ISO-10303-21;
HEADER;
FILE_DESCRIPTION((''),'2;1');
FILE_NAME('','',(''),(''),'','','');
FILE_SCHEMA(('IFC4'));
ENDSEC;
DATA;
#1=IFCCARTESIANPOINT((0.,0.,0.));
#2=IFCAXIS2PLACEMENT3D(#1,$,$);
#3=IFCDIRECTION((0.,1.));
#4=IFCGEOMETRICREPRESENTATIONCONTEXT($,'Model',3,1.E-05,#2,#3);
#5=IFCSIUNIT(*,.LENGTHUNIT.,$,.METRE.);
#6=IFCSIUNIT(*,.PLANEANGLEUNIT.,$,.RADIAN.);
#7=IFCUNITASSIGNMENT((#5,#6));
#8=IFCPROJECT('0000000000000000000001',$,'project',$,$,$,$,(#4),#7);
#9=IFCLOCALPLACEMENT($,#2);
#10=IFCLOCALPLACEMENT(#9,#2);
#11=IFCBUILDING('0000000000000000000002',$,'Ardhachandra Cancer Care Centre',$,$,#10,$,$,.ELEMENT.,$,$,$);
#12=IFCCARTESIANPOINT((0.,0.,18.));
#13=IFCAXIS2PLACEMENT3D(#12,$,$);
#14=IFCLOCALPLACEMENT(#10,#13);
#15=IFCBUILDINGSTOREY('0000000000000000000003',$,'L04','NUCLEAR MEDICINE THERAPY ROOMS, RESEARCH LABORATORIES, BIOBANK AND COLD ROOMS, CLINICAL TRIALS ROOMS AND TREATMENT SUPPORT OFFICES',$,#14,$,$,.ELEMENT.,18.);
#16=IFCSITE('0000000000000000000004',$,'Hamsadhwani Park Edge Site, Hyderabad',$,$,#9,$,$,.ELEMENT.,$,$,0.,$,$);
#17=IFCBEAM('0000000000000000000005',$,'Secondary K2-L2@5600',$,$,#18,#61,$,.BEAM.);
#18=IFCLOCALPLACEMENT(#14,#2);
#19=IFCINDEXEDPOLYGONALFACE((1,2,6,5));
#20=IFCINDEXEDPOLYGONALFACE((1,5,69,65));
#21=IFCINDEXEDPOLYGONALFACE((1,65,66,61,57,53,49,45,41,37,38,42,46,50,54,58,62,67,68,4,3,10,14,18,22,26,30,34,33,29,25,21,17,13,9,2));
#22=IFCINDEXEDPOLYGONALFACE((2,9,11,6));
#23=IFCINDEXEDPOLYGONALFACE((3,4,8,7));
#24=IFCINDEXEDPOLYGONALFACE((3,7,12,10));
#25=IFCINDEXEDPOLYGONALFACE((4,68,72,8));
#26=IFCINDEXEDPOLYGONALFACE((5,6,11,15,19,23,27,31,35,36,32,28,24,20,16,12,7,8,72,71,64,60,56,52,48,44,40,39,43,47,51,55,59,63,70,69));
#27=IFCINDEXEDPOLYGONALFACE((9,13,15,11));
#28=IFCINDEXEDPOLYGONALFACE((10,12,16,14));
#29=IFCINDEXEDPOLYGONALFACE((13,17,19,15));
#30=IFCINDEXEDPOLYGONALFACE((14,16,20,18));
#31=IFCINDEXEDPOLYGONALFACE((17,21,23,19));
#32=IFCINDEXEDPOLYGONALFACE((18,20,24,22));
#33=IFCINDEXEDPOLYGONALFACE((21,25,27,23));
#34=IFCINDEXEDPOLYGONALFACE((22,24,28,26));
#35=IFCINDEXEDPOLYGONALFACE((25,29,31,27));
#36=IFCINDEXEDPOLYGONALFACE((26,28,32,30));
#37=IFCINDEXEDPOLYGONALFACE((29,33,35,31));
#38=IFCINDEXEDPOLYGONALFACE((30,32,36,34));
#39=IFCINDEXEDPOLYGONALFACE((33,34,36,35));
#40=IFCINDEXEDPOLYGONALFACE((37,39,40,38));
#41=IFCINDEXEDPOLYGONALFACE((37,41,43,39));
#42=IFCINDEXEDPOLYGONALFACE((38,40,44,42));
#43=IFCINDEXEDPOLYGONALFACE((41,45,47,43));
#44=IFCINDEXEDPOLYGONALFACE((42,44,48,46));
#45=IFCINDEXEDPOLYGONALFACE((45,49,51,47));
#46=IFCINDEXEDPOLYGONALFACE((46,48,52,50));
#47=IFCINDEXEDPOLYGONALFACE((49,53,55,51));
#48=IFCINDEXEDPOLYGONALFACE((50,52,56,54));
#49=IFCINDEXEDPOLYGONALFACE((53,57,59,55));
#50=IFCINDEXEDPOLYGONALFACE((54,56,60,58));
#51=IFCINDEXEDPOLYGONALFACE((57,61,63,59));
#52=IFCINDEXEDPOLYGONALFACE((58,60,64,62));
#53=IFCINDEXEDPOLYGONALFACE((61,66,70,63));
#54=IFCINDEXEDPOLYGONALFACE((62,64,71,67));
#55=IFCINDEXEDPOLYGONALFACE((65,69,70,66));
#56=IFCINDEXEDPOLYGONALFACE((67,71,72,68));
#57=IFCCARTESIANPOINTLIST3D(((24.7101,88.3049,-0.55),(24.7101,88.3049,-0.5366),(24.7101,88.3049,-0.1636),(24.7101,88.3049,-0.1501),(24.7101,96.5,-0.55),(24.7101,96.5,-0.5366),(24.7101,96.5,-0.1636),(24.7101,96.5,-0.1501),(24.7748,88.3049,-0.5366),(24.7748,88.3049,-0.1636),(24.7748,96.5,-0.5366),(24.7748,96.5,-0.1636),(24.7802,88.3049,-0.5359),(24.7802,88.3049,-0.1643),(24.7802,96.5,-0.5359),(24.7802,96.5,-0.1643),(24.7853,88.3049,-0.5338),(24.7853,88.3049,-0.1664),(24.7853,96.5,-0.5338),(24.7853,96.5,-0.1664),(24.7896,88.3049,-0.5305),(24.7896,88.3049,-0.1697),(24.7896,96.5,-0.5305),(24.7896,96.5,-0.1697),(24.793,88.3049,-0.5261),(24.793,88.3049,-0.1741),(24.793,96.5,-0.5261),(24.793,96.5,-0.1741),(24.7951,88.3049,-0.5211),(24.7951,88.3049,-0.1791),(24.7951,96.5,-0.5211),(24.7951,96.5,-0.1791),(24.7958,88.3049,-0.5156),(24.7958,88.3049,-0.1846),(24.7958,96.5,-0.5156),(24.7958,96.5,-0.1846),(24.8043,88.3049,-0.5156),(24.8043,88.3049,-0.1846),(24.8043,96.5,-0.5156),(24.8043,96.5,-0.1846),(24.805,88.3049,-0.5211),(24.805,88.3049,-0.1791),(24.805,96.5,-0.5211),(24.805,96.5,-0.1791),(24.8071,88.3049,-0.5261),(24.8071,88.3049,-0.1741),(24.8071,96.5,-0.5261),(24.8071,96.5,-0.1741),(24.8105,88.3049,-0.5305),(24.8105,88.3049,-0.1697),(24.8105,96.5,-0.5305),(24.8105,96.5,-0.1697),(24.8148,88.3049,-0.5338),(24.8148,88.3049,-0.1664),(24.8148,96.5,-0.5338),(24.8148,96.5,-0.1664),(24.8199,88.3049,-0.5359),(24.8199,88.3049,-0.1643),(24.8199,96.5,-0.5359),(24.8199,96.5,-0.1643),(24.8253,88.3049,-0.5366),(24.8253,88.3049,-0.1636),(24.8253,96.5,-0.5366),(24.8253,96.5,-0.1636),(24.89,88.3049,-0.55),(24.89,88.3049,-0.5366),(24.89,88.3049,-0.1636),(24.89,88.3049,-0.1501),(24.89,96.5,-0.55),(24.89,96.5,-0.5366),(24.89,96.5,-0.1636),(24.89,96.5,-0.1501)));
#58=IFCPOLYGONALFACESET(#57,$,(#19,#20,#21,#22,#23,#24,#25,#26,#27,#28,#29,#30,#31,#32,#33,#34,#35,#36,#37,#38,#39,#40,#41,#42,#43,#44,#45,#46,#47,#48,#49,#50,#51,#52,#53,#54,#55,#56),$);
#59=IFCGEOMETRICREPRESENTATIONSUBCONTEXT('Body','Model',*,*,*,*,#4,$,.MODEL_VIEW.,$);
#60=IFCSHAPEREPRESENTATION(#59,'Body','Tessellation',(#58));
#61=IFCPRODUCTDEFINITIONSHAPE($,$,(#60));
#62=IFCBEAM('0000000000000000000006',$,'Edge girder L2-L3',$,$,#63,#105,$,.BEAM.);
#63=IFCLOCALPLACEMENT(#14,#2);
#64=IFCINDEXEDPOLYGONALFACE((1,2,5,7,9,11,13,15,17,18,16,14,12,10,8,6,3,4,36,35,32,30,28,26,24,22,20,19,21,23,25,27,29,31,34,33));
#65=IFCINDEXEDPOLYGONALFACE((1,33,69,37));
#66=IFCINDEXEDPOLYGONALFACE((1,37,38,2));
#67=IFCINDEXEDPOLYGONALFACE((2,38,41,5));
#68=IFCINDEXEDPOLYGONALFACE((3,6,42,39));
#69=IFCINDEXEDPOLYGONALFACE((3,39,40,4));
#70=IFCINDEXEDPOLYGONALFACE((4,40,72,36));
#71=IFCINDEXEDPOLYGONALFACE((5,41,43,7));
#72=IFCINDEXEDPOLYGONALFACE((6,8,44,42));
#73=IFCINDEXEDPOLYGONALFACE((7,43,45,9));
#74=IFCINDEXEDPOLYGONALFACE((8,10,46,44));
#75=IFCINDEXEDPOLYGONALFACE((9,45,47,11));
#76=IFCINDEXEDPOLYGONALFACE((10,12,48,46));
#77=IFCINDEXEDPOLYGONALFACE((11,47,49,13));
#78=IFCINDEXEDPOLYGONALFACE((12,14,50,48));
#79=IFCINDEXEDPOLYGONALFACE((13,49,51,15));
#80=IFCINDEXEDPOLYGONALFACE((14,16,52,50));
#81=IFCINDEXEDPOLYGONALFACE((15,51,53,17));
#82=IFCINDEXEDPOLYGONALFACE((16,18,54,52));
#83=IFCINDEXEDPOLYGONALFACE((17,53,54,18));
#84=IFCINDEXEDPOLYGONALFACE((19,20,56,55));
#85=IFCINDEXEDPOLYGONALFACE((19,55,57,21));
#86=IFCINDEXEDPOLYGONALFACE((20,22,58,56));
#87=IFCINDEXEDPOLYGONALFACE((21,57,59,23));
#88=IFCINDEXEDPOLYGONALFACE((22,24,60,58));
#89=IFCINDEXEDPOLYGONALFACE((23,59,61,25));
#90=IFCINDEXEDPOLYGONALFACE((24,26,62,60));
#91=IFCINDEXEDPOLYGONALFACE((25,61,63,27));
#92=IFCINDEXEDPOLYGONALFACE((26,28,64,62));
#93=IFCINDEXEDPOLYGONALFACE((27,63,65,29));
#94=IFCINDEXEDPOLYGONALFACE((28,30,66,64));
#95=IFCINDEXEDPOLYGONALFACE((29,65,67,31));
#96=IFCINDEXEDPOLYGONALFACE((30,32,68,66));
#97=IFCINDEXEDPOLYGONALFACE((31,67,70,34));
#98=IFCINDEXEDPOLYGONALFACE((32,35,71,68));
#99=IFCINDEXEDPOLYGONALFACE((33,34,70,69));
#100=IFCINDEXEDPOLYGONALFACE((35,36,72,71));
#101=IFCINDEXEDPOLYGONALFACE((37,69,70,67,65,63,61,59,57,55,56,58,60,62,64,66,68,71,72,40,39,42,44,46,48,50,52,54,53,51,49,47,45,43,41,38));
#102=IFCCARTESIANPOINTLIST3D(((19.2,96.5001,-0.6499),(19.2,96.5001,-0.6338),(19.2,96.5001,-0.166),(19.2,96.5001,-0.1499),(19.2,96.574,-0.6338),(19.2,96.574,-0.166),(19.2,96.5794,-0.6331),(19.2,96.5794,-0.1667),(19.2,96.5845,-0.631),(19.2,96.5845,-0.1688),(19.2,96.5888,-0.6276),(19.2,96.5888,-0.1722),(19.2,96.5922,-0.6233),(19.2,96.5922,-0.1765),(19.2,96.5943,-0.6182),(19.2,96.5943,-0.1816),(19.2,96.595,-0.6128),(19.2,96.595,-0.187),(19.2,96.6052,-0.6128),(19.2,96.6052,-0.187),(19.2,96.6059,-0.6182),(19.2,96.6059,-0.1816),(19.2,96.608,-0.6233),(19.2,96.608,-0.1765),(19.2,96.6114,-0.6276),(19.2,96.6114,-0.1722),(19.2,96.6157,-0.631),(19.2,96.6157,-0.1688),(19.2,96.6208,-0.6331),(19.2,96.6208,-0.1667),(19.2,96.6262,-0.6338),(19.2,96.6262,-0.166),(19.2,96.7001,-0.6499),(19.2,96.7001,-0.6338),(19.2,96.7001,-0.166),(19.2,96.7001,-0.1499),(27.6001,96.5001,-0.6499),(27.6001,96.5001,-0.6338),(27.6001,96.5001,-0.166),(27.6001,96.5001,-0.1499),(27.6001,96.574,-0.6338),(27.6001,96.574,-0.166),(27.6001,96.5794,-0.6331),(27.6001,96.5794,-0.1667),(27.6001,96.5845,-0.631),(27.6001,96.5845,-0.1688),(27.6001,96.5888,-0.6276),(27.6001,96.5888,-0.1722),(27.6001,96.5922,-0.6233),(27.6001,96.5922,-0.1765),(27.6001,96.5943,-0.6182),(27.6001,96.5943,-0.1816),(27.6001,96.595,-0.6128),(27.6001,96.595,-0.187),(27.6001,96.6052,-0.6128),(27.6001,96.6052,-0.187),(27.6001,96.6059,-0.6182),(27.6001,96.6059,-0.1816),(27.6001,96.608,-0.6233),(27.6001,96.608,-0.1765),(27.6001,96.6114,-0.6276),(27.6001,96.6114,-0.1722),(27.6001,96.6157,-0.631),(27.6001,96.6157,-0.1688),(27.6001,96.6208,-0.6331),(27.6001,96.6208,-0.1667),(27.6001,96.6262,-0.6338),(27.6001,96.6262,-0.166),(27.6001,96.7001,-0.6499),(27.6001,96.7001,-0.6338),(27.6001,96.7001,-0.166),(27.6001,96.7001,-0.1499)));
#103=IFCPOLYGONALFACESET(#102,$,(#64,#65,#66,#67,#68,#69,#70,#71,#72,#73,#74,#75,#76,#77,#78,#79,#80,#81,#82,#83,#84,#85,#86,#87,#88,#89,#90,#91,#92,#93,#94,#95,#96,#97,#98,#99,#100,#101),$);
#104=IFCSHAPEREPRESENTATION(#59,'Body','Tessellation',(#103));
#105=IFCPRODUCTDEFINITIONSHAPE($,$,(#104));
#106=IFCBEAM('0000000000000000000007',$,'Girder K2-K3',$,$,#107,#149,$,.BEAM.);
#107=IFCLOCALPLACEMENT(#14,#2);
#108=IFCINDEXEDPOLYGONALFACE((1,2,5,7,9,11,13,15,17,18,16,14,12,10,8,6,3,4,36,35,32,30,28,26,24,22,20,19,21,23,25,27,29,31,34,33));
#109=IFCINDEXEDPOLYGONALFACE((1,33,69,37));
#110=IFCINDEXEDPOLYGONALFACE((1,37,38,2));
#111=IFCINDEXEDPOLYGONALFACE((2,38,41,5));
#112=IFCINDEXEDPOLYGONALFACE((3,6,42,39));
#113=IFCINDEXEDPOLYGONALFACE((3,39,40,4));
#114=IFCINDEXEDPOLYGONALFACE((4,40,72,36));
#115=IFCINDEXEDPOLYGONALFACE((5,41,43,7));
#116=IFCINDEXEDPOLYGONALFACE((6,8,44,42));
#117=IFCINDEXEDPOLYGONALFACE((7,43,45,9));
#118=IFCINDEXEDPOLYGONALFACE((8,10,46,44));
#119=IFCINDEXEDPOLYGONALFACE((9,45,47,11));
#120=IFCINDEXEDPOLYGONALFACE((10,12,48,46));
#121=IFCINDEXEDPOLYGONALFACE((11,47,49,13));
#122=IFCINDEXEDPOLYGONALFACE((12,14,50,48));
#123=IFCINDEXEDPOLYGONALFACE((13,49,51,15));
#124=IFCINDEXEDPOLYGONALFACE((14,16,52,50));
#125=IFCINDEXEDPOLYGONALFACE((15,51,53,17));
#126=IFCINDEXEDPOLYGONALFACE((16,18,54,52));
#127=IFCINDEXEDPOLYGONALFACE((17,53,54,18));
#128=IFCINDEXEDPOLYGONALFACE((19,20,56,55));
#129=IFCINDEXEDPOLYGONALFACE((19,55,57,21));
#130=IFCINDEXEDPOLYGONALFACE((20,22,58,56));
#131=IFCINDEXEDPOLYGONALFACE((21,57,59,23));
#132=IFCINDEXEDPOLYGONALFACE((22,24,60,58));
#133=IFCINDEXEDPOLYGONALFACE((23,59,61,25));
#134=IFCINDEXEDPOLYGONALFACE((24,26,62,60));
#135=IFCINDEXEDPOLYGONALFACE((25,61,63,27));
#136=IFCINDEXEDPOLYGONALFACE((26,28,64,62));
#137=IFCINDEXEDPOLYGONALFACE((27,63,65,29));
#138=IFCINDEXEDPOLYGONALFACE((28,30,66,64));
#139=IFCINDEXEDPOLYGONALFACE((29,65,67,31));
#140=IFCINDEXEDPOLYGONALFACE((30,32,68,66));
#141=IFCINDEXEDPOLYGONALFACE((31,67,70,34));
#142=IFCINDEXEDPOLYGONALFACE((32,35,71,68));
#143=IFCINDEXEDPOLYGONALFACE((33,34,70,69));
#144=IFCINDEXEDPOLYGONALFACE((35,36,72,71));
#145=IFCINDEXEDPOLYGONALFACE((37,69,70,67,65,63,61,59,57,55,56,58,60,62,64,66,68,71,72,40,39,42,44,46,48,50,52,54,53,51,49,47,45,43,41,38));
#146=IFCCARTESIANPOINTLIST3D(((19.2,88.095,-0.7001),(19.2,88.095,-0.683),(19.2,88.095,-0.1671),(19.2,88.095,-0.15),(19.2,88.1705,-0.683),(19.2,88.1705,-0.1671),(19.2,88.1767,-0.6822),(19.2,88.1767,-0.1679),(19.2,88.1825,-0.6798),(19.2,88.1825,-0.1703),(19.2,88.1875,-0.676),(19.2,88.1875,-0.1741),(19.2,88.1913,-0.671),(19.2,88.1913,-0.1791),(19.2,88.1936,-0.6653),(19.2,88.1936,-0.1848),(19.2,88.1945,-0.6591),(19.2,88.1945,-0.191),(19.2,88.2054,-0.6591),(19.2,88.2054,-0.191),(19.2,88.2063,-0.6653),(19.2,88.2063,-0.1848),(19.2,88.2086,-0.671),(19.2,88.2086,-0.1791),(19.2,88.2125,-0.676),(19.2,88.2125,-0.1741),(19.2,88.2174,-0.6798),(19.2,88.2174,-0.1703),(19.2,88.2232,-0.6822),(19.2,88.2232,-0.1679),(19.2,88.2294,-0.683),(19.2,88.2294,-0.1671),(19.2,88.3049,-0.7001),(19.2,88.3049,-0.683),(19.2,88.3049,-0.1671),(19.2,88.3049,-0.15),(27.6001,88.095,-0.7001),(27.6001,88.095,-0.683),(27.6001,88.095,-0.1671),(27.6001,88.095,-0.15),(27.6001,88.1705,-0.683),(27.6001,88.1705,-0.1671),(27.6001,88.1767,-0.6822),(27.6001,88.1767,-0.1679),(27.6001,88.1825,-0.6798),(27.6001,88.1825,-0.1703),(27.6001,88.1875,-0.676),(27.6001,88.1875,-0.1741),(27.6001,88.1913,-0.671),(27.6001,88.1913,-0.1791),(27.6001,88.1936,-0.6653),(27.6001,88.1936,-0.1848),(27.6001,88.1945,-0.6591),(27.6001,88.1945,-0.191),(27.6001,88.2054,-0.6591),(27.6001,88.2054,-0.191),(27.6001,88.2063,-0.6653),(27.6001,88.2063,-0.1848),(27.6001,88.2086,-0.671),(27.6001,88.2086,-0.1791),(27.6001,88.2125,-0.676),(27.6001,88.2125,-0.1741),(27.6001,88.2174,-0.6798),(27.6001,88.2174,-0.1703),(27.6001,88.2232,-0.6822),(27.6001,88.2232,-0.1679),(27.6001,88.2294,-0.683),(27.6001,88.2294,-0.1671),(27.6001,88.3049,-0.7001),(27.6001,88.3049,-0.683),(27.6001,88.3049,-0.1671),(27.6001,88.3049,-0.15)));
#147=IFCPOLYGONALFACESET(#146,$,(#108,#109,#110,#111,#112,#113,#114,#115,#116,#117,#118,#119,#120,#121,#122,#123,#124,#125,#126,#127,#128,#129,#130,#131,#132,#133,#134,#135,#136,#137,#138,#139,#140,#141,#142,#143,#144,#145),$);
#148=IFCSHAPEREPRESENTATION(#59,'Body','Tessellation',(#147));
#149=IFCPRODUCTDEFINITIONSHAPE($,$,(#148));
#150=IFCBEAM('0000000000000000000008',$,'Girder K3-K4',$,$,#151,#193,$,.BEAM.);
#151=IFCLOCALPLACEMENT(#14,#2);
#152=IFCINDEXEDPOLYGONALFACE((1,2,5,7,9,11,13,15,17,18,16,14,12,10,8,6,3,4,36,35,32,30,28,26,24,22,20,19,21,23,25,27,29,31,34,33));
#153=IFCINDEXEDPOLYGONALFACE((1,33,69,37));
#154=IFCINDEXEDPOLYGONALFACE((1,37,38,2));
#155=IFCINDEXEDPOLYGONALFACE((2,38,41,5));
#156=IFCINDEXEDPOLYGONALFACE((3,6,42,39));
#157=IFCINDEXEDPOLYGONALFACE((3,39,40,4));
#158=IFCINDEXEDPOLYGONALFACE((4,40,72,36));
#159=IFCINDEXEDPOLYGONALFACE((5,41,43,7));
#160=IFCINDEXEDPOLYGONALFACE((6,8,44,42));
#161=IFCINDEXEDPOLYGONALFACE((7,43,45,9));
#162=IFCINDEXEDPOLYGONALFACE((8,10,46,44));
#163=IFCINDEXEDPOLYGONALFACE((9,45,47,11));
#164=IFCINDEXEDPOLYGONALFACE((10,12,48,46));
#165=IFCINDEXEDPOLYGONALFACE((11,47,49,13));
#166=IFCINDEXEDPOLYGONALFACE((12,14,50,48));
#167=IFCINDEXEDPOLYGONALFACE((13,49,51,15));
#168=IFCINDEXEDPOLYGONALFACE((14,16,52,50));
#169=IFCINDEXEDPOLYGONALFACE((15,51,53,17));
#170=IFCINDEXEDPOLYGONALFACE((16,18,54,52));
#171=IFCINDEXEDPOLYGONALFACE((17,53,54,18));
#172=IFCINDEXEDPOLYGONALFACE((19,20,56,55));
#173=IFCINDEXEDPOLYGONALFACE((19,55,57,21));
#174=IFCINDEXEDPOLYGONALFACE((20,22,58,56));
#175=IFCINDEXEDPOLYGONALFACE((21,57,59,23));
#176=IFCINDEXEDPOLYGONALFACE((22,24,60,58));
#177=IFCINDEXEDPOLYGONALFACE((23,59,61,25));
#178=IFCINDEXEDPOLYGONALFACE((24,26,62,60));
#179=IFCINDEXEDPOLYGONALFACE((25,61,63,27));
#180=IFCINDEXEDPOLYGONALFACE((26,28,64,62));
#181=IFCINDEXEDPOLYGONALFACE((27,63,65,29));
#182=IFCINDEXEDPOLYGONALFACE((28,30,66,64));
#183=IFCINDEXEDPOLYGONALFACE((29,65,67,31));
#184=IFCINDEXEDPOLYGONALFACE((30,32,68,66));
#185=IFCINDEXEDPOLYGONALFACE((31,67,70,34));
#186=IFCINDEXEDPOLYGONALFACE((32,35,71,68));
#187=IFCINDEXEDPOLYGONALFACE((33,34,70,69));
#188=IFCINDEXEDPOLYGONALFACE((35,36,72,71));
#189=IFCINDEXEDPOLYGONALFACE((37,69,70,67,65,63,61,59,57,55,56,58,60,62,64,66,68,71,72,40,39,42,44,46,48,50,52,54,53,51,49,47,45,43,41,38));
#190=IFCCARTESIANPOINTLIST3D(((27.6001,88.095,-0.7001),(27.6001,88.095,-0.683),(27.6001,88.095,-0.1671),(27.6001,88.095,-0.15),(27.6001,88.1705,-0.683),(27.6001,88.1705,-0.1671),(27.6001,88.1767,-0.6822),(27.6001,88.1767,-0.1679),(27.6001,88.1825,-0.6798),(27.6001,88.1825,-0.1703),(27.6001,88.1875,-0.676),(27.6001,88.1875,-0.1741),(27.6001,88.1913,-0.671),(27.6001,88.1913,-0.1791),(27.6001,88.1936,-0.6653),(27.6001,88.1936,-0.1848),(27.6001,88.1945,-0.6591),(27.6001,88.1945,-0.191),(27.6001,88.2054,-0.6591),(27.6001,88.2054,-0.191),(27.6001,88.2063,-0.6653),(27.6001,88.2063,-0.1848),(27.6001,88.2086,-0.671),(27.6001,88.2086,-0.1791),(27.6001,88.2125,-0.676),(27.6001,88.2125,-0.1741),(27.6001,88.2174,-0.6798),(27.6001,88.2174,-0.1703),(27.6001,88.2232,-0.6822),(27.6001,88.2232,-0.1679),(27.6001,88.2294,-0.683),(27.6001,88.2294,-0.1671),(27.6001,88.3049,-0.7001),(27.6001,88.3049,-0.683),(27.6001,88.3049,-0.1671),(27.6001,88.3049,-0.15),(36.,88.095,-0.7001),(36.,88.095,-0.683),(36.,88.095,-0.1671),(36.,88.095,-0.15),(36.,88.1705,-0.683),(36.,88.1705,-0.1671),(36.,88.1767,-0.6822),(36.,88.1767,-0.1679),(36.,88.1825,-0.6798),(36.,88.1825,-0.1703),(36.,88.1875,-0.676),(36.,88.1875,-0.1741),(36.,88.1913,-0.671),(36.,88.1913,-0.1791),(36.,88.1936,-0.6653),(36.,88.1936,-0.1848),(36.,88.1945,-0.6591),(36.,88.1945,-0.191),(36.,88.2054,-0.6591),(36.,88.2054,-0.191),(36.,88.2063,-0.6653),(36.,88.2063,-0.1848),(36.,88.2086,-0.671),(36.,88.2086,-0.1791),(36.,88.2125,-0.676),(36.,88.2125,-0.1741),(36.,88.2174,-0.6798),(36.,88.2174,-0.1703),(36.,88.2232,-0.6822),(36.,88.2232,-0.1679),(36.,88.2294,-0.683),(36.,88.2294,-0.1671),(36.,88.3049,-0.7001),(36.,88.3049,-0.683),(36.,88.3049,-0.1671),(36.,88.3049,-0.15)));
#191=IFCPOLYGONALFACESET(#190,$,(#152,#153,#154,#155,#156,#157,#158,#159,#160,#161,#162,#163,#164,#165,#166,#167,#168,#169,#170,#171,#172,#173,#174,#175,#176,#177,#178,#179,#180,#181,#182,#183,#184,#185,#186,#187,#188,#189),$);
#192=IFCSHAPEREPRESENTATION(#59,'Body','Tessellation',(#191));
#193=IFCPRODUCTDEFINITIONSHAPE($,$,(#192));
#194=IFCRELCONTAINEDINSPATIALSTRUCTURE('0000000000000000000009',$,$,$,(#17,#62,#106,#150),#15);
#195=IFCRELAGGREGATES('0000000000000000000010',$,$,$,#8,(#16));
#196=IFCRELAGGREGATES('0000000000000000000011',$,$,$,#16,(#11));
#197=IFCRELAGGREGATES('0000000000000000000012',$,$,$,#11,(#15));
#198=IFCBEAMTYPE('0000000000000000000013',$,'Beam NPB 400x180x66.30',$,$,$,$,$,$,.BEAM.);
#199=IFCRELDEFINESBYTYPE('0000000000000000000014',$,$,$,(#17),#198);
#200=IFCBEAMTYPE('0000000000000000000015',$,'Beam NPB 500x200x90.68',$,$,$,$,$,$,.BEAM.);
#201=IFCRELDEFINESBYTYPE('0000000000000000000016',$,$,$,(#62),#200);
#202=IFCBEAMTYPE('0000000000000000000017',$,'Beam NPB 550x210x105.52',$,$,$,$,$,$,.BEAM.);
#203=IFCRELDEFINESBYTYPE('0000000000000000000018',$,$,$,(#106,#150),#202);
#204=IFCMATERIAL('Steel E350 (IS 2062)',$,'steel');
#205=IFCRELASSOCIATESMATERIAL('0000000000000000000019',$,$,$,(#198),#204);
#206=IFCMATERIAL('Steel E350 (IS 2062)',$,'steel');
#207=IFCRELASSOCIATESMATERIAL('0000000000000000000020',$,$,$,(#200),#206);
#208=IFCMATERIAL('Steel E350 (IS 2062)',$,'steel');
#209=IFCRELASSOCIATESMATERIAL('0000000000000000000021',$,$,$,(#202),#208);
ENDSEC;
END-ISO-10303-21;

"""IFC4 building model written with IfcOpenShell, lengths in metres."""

from ifc_helpers import new_model, si_unit, direction, frame, origin, origin_2d, place, context, subcontext, project, spatial, i_section, extrude, material, material_profile, profile_set, type_object, element, save


model = new_model("IFC4")

# Units and contexts
model_context = context("Model", 3, precision=1e-05, world=origin(), true_north=direction((0.0, 1.0)))
body_context = subcontext(model_context, "Body", "Model", "MODEL_VIEW")
ifc_project = project(units=[si_unit("LENGTHUNIT", "METRE"), si_unit("PLANEANGLEUNIT", "RADIAN")], contexts=[model_context])

# Site, building, storey
site_placement = place(None, origin())
site = spatial("IfcSite", under=ifc_project, at=site_placement, Name="Hamsadhwani Park Edge Site, Hyderabad", CompositionType="ELEMENT", RefElevation=0.0)
building_placement = place(site_placement, origin())
building = spatial("IfcBuilding", under=site, at=building_placement, Name="Ardhachandra Cancer Care Centre", CompositionType="ELEMENT")
storey_placement = place(building_placement, frame((0.0, 0.0, 18.0)))
storey = spatial("IfcBuildingStorey", under=building, at=storey_placement, Name="L04", Description="NUCLEAR MEDICINE THERAPY ROOMS, RESEARCH LABORATORIES, BIOBANK AND COLD ROOMS, CLINICAL TRIALS ROOMS AND TREATMENT SUPPORT OFFICES", CompositionType="ELEMENT", Elevation=18.0)

# Beams
ifc_material_1 = material(Name="Steel E350 (IS 2062)", Category="steel")
ifc_material_profile_1 = material_profile(ifc_material_1, i_section(OverallWidth=0.1799, OverallDepth=0.3999, WebThickness=0.0085, FlangeThickness=0.0134, FilletRadius=0.021, at=origin_2d()), Name="NPB 400x180x66.30")
ifc_profile_set_1 = profile_set([ifc_material_profile_1], Name="Steel E350 (IS 2062)")
beam_type_1 = type_object("IfcBeamType", Name="Beam NPB 400x180x66.30", PredefinedType="BEAM", material=ifc_profile_set_1)
beam_1_placement = place(storey_placement, frame((24.8, 88.3049, -0.3501), z_axis=(0.0, 1.0, 0.0), x_axis=(-1.0, 0.0, 0.0)))
element("IfcBeam", 1, at=beam_1_placement, inside=storey, type_object=beam_type_1, Name="Secondary K2-L2@5600", PredefinedType="BEAM", context=body_context, shape_type="SweptSolid", body=[
    extrude(i_section(OverallWidth=0.1799, OverallDepth=0.3999, WebThickness=0.0085, FlangeThickness=0.0134, FilletRadius=0.021, at=origin_2d()), origin(), (0.0, 0.0, 1.0), 8.1951),
])
ifc_material_2 = material(Name="Steel E350 (IS 2062)", Category="steel")
ifc_material_profile_2 = material_profile(ifc_material_2, i_section(OverallWidth=0.2, OverallDepth=0.5, WebThickness=0.0103, FlangeThickness=0.0161, FilletRadius=0.021, at=origin_2d()), Name="NPB 500x200x90.68")
ifc_profile_set_2 = profile_set([ifc_material_profile_2], Name="Steel E350 (IS 2062)")
beam_type_2 = type_object("IfcBeamType", Name="Beam NPB 500x200x90.68", PredefinedType="BEAM", material=ifc_profile_set_2)
beam_2_placement = place(storey_placement, frame((19.2, 96.6001, -0.3999), z_axis=(1.0, 0.0, 0.0), x_axis=(0.0, 1.0, 0.0)))
element("IfcBeam", 2, at=beam_2_placement, inside=storey, type_object=beam_type_2, Name="Edge girder L2-L3", PredefinedType="BEAM", context=body_context, shape_type="SweptSolid", body=[
    extrude(i_section(OverallWidth=0.2, OverallDepth=0.5, WebThickness=0.0103, FlangeThickness=0.0161, FilletRadius=0.021, at=origin_2d()), origin(), (0.0, 0.0, 1.0), 8.4001),
])
ifc_material_3 = material(Name="Steel E350 (IS 2062)", Category="steel")
ifc_material_profile_3 = material_profile(ifc_material_3, i_section(OverallWidth=0.21, OverallDepth=0.55, WebThickness=0.011, FlangeThickness=0.0171, FilletRadius=0.0239, at=origin_2d()), Name="NPB 550x210x105.52")
ifc_profile_set_3 = profile_set([ifc_material_profile_3], Name="Steel E350 (IS 2062)")
beam_type_3 = type_object("IfcBeamType", Name="Beam NPB 550x210x105.52", PredefinedType="BEAM", material=ifc_profile_set_3)
beam_3_placement = place(storey_placement, frame((19.2, 88.2, -0.425), z_axis=(1.0, 0.0, 0.0), x_axis=(0.0, 1.0, 0.0)))
element("IfcBeam", 3, at=beam_3_placement, inside=storey, type_object=beam_type_3, Name="Girder K2-K3", PredefinedType="BEAM", context=body_context, shape_type="SweptSolid", body=[
    extrude(i_section(OverallWidth=0.21, OverallDepth=0.55, WebThickness=0.011, FlangeThickness=0.0171, FilletRadius=0.0239, at=origin_2d()), origin(), (0.0, 0.0, 1.0), 8.4001),
])
beam_4_placement = place(storey_placement, frame((27.6001, 88.2, -0.425), z_axis=(1.0, 0.0, 0.0), x_axis=(0.0, 1.0, 0.0)))
element("IfcBeam", 4, at=beam_4_placement, inside=storey, type_object=beam_type_3, Name="Girder K3-K4", PredefinedType="BEAM", context=body_context, shape_type="SweptSolid", body=[
    extrude(i_section(OverallWidth=0.21, OverallDepth=0.55, WebThickness=0.011, FlangeThickness=0.0171, FilletRadius=0.0239, at=origin_2d()), origin(), (0.0, 0.0, 1.0), 8.3999),
])

save(model, "model.ifc")
